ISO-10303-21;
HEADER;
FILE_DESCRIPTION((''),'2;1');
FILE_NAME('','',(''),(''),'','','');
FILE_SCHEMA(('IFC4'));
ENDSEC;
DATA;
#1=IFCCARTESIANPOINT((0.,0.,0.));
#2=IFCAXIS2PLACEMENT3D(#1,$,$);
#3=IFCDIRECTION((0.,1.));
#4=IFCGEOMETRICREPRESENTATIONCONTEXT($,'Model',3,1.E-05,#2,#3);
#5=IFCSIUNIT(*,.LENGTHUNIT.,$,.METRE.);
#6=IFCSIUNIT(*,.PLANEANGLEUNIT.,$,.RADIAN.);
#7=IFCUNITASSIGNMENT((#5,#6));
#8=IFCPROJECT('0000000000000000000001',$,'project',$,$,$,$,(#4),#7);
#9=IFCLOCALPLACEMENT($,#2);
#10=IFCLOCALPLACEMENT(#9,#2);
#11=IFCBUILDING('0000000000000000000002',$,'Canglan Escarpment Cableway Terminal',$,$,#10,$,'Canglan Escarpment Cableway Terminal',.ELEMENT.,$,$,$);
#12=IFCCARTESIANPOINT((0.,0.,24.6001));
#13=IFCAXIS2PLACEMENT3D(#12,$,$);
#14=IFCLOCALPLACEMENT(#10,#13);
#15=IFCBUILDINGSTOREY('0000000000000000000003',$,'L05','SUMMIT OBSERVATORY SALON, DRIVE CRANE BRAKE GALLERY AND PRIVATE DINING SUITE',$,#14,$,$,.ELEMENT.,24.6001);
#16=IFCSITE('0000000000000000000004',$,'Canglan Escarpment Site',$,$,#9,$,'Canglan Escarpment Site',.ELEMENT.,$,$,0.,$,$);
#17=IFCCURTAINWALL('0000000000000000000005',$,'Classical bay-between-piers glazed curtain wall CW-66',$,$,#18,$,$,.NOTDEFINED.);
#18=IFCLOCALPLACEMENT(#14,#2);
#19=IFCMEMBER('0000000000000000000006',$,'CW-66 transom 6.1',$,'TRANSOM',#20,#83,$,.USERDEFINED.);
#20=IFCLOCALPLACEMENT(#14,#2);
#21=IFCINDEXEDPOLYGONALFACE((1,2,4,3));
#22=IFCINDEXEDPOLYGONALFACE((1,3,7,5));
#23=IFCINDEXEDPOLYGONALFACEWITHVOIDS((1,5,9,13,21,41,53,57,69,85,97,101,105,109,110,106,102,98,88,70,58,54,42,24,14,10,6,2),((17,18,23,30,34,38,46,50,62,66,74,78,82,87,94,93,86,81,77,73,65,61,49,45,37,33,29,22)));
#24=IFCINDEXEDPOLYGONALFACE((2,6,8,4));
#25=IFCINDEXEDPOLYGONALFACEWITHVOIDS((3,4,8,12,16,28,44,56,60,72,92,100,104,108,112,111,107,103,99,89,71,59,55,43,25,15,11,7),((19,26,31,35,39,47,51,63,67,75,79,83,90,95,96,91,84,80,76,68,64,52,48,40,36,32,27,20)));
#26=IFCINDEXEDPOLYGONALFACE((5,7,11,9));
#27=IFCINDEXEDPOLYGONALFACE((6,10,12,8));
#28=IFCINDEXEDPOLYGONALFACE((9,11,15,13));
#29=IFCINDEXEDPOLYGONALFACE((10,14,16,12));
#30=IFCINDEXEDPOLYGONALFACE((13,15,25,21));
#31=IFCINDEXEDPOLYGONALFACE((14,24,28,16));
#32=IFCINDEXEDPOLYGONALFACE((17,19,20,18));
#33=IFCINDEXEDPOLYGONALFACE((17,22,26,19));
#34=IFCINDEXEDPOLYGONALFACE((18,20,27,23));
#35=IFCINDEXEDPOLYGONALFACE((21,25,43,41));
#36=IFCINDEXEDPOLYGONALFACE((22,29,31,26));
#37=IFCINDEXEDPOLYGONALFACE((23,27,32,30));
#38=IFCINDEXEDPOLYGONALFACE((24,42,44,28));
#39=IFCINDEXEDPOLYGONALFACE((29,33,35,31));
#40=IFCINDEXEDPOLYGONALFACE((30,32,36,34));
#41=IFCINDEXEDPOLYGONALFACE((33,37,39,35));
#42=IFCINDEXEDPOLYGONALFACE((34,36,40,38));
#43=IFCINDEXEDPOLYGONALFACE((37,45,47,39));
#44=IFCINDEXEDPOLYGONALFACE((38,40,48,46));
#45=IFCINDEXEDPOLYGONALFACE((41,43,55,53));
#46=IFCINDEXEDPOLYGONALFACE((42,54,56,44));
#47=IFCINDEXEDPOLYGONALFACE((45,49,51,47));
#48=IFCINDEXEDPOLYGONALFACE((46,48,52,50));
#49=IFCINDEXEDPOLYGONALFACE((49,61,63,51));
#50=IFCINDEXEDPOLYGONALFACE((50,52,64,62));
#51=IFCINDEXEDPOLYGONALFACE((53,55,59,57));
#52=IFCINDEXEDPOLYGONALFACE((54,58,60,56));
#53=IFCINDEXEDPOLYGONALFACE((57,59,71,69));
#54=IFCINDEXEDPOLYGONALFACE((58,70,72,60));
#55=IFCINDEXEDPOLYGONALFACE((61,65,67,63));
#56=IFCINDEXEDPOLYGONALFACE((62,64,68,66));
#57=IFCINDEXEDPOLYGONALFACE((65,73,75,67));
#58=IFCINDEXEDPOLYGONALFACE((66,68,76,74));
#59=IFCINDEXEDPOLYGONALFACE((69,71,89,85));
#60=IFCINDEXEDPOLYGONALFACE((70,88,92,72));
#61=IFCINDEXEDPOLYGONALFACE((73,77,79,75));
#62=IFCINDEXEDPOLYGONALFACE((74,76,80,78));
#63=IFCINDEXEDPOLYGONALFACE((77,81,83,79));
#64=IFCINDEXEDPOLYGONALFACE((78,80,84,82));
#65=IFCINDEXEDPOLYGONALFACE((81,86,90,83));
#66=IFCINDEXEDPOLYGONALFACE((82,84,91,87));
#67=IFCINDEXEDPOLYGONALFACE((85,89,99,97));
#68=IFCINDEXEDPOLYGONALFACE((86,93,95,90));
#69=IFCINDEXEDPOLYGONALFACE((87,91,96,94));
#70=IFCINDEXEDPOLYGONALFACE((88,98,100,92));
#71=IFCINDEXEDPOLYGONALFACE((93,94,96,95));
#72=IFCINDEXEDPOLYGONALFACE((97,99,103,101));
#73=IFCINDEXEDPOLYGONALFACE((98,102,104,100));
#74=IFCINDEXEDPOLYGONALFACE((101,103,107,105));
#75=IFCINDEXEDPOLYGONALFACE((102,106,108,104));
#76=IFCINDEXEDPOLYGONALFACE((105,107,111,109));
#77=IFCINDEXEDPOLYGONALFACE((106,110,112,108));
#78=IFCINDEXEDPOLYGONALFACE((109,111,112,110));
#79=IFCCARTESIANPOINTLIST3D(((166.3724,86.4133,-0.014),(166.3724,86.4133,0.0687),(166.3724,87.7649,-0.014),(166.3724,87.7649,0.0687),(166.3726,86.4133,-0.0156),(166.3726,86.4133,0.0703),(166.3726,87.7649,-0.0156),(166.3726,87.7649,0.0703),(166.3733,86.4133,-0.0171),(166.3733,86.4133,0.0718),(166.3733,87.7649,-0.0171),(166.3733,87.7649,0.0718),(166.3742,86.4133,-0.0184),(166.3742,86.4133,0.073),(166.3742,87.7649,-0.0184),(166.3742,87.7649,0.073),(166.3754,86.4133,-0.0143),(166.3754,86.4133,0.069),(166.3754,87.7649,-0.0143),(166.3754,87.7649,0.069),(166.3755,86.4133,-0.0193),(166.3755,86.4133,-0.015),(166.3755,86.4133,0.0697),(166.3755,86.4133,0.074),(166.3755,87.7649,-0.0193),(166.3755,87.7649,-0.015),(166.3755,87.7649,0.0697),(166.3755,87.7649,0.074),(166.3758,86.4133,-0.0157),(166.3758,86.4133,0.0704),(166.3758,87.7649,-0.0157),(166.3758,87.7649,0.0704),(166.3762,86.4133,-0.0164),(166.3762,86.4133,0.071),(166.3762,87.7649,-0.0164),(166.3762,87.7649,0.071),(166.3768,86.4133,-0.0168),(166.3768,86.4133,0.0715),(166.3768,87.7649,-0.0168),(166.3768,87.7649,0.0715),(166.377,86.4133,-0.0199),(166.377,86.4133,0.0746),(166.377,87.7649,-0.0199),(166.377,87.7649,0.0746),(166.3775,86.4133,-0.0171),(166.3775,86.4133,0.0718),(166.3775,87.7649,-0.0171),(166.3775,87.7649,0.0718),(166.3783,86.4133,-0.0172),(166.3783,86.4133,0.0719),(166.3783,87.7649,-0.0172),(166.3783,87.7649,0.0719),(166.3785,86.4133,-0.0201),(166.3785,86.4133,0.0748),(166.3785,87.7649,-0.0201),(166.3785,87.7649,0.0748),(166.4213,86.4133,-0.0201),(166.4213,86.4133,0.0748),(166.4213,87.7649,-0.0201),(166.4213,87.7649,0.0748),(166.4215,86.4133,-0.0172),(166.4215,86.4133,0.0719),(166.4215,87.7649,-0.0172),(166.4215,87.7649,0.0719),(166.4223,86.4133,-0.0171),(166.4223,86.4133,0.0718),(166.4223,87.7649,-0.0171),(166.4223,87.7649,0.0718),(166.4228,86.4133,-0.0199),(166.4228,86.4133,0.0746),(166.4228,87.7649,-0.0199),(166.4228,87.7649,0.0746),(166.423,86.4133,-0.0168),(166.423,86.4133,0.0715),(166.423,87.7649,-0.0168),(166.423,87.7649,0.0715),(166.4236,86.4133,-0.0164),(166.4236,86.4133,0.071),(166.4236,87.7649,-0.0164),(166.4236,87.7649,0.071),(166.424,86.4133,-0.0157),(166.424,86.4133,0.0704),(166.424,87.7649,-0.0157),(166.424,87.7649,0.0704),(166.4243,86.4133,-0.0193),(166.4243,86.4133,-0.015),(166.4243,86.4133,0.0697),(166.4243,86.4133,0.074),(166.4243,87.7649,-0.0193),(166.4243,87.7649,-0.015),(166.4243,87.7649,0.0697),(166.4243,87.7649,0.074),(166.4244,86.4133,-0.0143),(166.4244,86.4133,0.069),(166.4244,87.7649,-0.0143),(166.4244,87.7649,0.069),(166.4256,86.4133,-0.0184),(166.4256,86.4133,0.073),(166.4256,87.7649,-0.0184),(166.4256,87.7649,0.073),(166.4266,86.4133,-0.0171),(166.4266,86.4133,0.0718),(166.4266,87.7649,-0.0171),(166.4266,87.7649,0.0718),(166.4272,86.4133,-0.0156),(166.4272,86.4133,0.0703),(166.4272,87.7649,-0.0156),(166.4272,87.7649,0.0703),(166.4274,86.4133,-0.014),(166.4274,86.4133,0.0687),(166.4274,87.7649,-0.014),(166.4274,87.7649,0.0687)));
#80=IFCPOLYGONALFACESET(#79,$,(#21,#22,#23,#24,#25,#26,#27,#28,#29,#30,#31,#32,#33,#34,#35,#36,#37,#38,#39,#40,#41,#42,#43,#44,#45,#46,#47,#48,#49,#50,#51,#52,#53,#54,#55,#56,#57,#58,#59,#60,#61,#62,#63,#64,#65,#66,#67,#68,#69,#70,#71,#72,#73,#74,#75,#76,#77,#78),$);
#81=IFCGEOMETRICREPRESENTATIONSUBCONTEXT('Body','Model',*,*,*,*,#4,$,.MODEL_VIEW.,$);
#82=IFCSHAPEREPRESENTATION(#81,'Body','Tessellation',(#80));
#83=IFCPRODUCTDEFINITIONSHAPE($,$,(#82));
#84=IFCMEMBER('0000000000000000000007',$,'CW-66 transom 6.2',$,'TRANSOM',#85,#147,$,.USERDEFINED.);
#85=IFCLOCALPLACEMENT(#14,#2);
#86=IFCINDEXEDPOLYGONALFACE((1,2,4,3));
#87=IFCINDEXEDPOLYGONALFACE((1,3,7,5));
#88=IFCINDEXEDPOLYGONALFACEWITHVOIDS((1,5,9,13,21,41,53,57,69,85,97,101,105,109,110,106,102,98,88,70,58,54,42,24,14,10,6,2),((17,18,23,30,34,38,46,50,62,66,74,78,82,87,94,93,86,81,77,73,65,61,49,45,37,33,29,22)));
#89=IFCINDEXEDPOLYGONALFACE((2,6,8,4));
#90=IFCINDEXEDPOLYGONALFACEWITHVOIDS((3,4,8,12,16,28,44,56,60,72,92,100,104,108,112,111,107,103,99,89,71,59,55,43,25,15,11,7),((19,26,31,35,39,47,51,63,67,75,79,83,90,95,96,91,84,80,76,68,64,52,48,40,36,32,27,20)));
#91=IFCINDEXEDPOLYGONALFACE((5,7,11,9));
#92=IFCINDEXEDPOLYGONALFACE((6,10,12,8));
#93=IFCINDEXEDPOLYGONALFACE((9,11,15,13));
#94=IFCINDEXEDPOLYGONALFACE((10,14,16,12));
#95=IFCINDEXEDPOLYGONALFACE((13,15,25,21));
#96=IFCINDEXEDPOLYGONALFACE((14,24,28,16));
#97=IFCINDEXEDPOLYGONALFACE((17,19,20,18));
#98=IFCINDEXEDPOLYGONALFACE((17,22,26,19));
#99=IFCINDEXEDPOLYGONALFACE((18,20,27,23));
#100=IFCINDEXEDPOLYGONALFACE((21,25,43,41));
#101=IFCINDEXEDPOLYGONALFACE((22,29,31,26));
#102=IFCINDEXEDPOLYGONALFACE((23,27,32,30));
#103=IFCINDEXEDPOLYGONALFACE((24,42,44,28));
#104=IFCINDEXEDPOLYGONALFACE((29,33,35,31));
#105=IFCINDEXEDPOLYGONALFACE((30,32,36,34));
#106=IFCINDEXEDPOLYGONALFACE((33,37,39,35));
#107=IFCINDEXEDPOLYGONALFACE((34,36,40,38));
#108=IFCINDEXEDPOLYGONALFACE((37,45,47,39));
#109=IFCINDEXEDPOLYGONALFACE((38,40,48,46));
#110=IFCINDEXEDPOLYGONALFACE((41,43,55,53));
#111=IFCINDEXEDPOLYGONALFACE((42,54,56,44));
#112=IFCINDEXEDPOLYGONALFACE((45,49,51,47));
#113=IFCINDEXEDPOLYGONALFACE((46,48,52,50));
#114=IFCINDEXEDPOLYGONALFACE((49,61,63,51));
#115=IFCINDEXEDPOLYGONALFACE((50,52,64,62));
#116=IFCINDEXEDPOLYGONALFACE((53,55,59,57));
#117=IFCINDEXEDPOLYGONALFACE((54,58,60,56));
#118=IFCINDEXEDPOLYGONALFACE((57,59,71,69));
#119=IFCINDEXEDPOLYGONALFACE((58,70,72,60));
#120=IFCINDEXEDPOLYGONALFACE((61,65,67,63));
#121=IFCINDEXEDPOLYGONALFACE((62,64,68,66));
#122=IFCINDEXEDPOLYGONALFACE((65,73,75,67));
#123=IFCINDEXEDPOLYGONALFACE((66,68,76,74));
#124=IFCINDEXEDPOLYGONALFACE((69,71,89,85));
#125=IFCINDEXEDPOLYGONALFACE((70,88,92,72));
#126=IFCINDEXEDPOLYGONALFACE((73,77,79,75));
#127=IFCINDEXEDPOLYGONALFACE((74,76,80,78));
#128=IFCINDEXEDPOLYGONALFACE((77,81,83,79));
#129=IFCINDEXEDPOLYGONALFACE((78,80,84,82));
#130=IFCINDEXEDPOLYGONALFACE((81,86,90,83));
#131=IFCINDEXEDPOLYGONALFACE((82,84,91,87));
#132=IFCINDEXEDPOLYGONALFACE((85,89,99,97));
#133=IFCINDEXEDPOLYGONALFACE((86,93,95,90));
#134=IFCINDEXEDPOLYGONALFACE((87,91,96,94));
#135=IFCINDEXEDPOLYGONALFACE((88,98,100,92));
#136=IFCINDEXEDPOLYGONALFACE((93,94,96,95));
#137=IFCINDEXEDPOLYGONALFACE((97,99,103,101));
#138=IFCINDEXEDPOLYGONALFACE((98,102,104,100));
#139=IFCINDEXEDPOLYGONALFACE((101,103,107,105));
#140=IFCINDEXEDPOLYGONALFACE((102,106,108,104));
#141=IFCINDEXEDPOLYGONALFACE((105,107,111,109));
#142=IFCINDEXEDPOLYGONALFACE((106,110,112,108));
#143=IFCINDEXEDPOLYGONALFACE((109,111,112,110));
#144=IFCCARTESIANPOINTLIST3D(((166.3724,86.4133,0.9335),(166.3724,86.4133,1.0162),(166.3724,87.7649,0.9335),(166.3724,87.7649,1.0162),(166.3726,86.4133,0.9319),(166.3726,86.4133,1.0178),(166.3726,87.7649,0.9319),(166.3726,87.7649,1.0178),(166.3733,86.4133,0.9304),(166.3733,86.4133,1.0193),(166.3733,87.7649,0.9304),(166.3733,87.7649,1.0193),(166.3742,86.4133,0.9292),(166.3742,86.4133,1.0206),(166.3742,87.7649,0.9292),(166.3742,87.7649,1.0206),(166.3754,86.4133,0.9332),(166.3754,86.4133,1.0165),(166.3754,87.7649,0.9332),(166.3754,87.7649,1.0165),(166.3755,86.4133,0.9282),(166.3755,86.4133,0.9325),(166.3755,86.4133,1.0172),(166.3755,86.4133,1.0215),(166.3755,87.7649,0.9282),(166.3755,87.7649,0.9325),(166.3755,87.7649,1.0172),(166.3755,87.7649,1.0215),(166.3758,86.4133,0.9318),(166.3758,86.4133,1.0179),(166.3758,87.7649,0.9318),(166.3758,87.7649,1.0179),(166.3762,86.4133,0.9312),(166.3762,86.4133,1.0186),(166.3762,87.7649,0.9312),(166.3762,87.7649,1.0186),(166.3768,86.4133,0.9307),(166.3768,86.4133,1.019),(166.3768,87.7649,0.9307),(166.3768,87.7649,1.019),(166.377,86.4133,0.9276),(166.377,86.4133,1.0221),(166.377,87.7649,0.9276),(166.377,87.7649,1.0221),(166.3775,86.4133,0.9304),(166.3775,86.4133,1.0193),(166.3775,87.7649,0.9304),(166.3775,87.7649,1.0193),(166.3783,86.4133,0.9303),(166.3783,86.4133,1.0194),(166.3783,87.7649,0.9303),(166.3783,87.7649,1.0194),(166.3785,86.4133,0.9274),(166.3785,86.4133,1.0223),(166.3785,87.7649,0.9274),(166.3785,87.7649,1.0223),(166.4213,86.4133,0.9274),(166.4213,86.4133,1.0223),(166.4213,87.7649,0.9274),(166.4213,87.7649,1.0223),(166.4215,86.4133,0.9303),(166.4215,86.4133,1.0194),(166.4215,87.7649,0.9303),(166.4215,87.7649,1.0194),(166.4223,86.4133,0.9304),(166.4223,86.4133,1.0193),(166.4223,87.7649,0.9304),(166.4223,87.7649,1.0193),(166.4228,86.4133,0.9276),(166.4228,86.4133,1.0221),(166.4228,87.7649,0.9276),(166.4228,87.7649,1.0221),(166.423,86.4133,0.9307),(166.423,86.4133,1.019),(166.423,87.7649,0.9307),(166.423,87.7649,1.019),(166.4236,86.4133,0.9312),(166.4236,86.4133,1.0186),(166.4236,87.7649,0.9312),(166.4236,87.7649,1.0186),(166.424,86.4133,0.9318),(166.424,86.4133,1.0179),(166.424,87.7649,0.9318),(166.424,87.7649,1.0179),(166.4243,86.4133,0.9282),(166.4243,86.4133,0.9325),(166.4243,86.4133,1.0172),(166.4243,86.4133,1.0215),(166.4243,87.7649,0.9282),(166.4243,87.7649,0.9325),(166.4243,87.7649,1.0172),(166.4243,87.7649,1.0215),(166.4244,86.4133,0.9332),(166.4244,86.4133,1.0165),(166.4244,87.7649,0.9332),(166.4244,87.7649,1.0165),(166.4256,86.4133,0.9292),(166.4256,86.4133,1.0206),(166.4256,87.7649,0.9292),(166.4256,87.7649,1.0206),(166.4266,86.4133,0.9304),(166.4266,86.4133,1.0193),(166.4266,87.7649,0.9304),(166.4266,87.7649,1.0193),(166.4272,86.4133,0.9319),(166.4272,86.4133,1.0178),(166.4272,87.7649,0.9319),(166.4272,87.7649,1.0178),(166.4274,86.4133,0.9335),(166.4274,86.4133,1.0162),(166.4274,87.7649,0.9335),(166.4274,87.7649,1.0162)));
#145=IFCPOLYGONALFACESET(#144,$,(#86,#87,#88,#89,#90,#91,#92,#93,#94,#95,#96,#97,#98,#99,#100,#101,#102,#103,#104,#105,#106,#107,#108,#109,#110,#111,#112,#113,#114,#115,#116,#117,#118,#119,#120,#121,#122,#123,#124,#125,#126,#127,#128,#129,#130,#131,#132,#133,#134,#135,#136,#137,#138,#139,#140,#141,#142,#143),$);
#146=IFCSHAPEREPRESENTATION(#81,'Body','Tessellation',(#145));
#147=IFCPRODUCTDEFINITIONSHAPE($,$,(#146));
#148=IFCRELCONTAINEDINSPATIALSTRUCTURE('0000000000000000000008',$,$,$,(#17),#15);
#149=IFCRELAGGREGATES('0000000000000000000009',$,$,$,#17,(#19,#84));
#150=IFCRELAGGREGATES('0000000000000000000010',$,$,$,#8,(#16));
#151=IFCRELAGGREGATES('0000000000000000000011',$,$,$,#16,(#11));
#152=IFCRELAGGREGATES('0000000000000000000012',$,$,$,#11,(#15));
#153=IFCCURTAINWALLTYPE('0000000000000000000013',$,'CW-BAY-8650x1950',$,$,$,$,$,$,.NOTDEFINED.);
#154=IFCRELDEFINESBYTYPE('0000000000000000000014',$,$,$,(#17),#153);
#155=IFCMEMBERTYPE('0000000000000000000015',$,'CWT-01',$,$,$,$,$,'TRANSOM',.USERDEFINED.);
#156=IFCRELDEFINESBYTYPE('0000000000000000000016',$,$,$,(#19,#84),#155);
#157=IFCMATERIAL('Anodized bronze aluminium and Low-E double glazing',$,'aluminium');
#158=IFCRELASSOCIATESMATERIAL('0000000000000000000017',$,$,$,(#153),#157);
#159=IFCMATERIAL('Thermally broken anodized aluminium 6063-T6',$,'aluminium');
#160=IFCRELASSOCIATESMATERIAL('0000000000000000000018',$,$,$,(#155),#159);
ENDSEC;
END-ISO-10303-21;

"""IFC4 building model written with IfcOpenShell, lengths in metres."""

from ifc_helpers import new_model, si_unit, direction, frame, origin, origin_2d, place, context, subcontext, project, spatial, hollow_rectangle, extrude, material, material_profile, profile_set, type_object, element, aggregate, save


model = new_model("IFC4")

# Units and contexts
model_context = context("Model", 3, precision=1e-05, world=origin(), true_north=direction((0.0, 1.0)))
body_context = subcontext(model_context, "Body", "Model", "MODEL_VIEW")
ifc_project = project(units=[si_unit("LENGTHUNIT", "METRE"), si_unit("PLANEANGLEUNIT", "RADIAN")], contexts=[model_context])

# Site, building, storey
site_placement = place(None, origin())
site = spatial("IfcSite", under=ifc_project, at=site_placement, Name="Canglan Escarpment Site", LongName="Canglan Escarpment Site", CompositionType="ELEMENT", RefElevation=0.0)
building_placement = place(site_placement, origin())
building = spatial("IfcBuilding", under=site, at=building_placement, Name="Canglan Escarpment Cableway Terminal", LongName="Canglan Escarpment Cableway Terminal", CompositionType="ELEMENT")
storey_placement = place(building_placement, frame((0.0, 0.0, 24.6001)))
storey = spatial("IfcBuildingStorey", under=building, at=storey_placement, Name="L05", Description="SUMMIT OBSERVATORY SALON, DRIVE CRANE BRAKE GALLERY AND PRIVATE DINING SUITE", CompositionType="ELEMENT", Elevation=24.6001)

# Curtain wall
ifc_material_1 = material(Name="Anodized bronze aluminium and Low-E double glazing", Category="aluminium")
curtain_wall_type = type_object("IfcCurtainWallType", Name="CW-BAY-8650x1950", PredefinedType="NOTDEFINED", material=ifc_material_1)
curtain_wall_1_placement = place(storey_placement, origin())
curtain_wall_1 = element("IfcCurtainWall", 1, at=curtain_wall_1_placement, inside=storey, type_object=curtain_wall_type, Name="Classical bay-between-piers glazed curtain wall CW-66", PredefinedType="NOTDEFINED")
ifc_material_2 = material(Name="Thermally broken anodized aluminium 6063-T6", Category="aluminium")

# Members
ifc_material_profile_1 = material_profile(ifc_material_2, hollow_rectangle(XDim=0.0549, YDim=0.095, WallThickness=0.0029, InnerFilletRadius=0.0029, OuterFilletRadius=0.0061, at=origin_2d()), Name="ALU-TRAN 55x95x3")
ifc_profile_set_1 = profile_set([ifc_material_profile_1], Name="Thermally broken anodized aluminium 6063-T6")
member_type_1 = type_object("IfcMemberType", Name="CWT-01", ElementType="TRANSOM", PredefinedType="USERDEFINED", material=ifc_profile_set_1)
member_1_placement = place(storey_placement, frame((166.3999, 86.4133, 0.0273), z_axis=(0.0, 1.0, 0.0), x_axis=(-1.0, 0.0, 0.0)))
member_1 = element("IfcMember", 2, at=member_1_placement, type_object=member_type_1, Name="CW-66 transom 6.1", ObjectType="TRANSOM", PredefinedType="USERDEFINED", context=body_context, shape_type="SweptSolid", body=[
    extrude(hollow_rectangle(XDim=0.0549, YDim=0.095, WallThickness=0.0029, InnerFilletRadius=0.0029, OuterFilletRadius=0.0061, at=origin_2d()), origin(), (0.0, 0.0, 1.0), 1.3516),
])
member_2_placement = place(storey_placement, frame((166.3999, 86.4133, 0.9749), z_axis=(0.0, 1.0, 0.0), x_axis=(-1.0, 0.0, 0.0)))
member_2 = element("IfcMember", 3, at=member_2_placement, type_object=member_type_1, Name="CW-66 transom 6.2", ObjectType="TRANSOM", PredefinedType="USERDEFINED", context=body_context, shape_type="SweptSolid", body=[
    extrude(hollow_rectangle(XDim=0.0549, YDim=0.095, WallThickness=0.0029, InnerFilletRadius=0.0029, OuterFilletRadius=0.0061, at=origin_2d()), origin(), (0.0, 0.0, 1.0), 1.3516),
])

aggregate(curtain_wall_1, [member_1, member_2])

save(model, "model.ifc")
